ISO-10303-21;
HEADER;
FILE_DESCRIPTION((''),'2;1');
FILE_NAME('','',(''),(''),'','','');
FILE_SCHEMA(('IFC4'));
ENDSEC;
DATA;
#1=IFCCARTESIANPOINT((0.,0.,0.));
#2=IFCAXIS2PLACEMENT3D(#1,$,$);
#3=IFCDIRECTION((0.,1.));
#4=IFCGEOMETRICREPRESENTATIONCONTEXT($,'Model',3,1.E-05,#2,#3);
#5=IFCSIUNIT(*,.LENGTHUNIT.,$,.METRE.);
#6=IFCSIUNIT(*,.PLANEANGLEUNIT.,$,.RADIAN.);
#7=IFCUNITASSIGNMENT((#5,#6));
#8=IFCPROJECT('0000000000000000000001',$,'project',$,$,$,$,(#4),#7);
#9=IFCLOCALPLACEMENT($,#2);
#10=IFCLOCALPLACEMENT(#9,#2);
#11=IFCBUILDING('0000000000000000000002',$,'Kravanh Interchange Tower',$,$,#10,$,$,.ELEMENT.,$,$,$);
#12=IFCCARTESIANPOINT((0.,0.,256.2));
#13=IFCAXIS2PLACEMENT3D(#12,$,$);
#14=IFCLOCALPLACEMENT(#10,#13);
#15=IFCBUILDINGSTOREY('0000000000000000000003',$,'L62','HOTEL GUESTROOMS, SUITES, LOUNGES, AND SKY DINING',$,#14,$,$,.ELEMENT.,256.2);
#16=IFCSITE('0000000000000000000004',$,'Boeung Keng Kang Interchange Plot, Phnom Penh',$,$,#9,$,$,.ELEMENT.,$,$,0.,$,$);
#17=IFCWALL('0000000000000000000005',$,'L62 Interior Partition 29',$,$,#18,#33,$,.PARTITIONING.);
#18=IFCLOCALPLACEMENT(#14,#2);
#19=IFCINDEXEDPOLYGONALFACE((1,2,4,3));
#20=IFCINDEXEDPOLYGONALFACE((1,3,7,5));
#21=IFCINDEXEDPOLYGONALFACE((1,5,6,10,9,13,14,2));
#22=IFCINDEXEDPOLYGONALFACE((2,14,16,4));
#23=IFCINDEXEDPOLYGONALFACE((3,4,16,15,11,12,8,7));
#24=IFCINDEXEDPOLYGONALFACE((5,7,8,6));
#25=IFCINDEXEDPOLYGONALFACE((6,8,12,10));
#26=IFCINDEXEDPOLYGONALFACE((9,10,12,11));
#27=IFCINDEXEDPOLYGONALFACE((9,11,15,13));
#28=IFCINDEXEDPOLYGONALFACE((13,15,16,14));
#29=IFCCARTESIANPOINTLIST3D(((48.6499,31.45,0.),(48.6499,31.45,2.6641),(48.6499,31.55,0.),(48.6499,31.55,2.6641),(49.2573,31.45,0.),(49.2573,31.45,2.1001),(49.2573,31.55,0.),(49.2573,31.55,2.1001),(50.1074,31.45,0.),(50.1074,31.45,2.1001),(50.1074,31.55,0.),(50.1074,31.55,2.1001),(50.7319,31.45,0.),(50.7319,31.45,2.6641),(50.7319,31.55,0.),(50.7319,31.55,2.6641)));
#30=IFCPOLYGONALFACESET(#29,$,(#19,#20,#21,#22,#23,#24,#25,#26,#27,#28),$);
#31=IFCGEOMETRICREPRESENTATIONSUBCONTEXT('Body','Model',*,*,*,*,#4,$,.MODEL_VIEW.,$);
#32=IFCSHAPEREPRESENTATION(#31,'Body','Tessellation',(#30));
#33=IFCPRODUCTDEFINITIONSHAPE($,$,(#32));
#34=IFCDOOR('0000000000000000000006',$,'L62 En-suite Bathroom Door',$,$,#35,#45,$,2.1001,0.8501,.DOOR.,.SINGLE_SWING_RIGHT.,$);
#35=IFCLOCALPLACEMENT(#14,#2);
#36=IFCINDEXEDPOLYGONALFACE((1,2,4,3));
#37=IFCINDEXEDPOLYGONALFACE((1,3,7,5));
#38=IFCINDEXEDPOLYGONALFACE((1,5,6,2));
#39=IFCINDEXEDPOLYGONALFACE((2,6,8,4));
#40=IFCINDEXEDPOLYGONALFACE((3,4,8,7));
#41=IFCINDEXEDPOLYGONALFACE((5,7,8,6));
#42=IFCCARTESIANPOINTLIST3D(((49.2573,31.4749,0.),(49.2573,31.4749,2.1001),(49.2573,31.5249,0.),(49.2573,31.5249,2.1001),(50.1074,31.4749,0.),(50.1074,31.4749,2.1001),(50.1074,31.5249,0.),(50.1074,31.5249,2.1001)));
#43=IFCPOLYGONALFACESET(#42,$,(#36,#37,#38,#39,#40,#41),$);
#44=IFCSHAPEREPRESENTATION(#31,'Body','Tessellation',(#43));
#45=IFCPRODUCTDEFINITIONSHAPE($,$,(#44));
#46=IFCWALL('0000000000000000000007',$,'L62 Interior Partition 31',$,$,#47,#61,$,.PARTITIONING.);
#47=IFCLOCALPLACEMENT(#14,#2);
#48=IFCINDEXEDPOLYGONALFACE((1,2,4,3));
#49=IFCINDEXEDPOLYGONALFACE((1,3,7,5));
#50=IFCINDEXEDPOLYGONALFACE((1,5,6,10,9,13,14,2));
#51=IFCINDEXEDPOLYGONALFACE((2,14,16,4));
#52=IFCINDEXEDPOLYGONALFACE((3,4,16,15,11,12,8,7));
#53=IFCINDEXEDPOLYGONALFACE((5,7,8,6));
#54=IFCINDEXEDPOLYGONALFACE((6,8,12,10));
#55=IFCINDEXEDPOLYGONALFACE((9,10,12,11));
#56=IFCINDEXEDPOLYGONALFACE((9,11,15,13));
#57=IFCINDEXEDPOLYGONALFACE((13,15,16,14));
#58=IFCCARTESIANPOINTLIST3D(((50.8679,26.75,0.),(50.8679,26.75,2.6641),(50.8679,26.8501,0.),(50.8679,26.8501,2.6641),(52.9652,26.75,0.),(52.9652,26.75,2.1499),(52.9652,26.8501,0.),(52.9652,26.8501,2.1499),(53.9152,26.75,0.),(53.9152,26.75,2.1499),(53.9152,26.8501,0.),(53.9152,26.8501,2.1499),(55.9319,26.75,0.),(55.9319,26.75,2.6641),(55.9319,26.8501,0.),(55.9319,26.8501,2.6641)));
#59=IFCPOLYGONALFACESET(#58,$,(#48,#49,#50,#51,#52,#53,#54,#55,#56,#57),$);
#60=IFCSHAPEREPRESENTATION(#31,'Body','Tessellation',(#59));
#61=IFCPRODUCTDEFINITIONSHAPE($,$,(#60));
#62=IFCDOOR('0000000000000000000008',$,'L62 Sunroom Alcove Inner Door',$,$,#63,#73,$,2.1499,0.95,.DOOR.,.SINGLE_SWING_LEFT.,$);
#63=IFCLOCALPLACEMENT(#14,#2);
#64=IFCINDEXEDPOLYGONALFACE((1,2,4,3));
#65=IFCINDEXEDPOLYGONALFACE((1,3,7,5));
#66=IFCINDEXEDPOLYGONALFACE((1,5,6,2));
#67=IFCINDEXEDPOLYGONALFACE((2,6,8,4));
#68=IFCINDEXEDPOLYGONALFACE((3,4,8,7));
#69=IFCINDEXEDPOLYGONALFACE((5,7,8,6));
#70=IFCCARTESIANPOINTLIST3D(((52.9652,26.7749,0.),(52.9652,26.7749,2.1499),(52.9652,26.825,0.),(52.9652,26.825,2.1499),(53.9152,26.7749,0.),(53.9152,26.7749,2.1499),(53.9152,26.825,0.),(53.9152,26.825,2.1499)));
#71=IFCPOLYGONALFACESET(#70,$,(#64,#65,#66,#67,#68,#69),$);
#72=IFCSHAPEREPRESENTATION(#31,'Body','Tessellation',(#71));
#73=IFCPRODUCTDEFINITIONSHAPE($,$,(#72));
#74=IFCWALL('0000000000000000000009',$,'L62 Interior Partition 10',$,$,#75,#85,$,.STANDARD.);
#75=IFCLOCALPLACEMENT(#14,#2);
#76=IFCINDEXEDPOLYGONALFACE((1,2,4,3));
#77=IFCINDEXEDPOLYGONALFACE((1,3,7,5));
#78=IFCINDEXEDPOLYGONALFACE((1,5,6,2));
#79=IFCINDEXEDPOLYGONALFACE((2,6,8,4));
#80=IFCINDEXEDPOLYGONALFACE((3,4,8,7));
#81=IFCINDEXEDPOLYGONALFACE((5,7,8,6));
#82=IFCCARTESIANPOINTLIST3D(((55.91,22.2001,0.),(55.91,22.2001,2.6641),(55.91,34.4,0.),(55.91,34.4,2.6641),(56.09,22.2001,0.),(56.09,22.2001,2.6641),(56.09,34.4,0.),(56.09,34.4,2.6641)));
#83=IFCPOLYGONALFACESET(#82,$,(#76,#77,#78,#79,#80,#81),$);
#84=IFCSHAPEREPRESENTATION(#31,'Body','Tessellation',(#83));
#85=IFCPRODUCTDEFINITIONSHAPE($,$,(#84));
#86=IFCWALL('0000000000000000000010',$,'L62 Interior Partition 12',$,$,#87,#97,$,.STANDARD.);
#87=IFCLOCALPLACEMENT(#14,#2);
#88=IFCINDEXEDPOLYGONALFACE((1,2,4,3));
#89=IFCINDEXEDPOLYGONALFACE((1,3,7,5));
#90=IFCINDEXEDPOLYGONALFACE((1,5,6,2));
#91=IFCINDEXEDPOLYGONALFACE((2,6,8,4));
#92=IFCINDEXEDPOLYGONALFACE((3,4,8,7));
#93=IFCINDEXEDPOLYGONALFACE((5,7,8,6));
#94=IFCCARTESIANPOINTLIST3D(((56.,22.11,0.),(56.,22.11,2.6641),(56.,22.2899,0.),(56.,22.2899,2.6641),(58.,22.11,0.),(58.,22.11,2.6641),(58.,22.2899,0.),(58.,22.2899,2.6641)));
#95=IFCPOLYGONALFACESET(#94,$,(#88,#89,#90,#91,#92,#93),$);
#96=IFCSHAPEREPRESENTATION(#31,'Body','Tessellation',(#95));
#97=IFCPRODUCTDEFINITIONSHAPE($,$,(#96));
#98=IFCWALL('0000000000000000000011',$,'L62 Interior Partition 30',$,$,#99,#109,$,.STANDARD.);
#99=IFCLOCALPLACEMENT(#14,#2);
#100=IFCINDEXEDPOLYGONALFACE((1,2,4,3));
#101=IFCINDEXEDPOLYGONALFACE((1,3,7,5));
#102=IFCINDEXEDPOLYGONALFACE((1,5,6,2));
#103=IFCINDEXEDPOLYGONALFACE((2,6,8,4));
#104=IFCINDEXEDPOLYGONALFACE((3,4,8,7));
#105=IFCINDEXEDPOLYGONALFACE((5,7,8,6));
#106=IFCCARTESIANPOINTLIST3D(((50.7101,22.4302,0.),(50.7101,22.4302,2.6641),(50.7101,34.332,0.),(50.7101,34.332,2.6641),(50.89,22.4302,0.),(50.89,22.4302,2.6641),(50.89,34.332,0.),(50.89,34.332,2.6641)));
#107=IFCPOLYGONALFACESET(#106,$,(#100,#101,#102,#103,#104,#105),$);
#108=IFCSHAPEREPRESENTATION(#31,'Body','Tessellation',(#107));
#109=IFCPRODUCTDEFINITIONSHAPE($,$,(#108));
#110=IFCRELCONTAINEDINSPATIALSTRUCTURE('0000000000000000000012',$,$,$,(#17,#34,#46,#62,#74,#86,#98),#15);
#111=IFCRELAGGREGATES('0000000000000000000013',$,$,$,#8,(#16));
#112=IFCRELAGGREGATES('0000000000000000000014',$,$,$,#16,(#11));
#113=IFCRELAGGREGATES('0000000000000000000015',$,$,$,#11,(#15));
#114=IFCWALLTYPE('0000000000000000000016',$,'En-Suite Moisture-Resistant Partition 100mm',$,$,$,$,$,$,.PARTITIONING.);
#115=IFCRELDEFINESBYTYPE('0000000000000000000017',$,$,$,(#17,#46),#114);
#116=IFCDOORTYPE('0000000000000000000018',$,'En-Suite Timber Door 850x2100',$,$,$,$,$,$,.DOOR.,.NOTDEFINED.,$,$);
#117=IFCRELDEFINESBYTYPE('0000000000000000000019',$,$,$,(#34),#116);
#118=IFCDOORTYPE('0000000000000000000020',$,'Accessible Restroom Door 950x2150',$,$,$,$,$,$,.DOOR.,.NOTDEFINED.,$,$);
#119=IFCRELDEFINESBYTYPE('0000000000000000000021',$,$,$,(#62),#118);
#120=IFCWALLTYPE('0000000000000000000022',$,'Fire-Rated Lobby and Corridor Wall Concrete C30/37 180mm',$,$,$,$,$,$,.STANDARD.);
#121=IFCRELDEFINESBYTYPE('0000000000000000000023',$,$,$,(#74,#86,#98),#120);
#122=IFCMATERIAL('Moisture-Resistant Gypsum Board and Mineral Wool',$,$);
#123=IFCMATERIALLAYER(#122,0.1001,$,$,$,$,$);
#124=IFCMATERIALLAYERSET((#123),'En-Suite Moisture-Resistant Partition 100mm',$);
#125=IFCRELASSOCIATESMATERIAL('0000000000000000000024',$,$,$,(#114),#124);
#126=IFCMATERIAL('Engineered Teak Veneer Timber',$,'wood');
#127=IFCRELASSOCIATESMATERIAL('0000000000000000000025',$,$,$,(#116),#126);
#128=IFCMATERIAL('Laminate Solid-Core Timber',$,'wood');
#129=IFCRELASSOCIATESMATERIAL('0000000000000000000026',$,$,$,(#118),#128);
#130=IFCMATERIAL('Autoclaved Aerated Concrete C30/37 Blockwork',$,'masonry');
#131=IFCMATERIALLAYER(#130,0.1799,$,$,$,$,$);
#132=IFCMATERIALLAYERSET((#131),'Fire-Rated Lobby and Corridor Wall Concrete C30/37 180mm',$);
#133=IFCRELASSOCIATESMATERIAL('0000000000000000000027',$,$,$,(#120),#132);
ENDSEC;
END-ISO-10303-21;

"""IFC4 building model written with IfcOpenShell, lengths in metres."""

from ifc_helpers import new_model, si_unit, direction, frame, frame_2d, origin, place, context, subcontext, project, spatial, rectangle, extrude, material, layer, layer_set, type_object, element, fill, save


model = new_model("IFC4")

# Units and contexts
model_context = context("Model", 3, precision=1e-05, world=origin(), true_north=direction((0.0, 1.0)))
body_context = subcontext(model_context, "Body", "Model", "MODEL_VIEW")
ifc_project = project(units=[si_unit("LENGTHUNIT", "METRE"), si_unit("PLANEANGLEUNIT", "RADIAN")], contexts=[model_context])

# Site, building, storey
site_placement = place(None, origin())
site = spatial("IfcSite", under=ifc_project, at=site_placement, Name="Boeung Keng Kang Interchange Plot, Phnom Penh", CompositionType="ELEMENT", RefElevation=0.0)
building_placement = place(site_placement, origin())
building = spatial("IfcBuilding", under=site, at=building_placement, Name="Kravanh Interchange Tower", CompositionType="ELEMENT")
storey_placement = place(building_placement, frame((0.0, 0.0, 256.2)))
storey = spatial("IfcBuildingStorey", under=building, at=storey_placement, Name="L62", Description="HOTEL GUESTROOMS, SUITES, LOUNGES, AND SKY DINING", CompositionType="ELEMENT", Elevation=256.2)

# Walls, openings, doors
ifc_material_1 = material(Name="Moisture-Resistant Gypsum Board and Mineral Wool")
ifc_layer_1 = layer(ifc_material_1, 0.1001)
ifc_layer_set_1 = layer_set([ifc_layer_1], Name="En-Suite Moisture-Resistant Partition 100mm")
wall_type_1 = type_object("IfcWallType", Name="En-Suite Moisture-Resistant Partition 100mm", PredefinedType="PARTITIONING", material=ifc_layer_set_1)
wall_1_placement = place(storey_placement, frame((48.6499, 31.5, 0.0), z_axis=(0.0, 0.0, 1.0), x_axis=(1.0, 0.0, 0.0)))
wall_1 = element("IfcWall", 1, at=wall_1_placement, inside=storey, type_object=wall_type_1, Name="L62 Interior Partition 29", PredefinedType="PARTITIONING", context=body_context, shape_type="SweptSolid", body=[
    extrude(rectangle(XDim=2.082, YDim=0.1001, at=frame_2d((1.041, 0.0))), origin(), (0.0, 0.0, 1.0), 2.6641),
])
opening_1_placement = place(wall_1_placement, frame((0.6074, 0.0, 0.0)))
opening_1 = element("IfcOpeningElement", 2, at=opening_1_placement, cuts=wall_1, PredefinedType="OPENING", context=body_context, shape_type="SweptSolid", body=[
    extrude(rectangle(XDim=0.8501, YDim=2.1001, at=frame_2d((0.425, 1.05))), frame((0.0, 0.0601, 0.0), z_axis=(0.0, -1.0, 0.0), x_axis=(1.0, 0.0, 0.0)), (0.0, 0.0, 1.0), 0.1201),
])
ifc_material_2 = material(Name="Engineered Teak Veneer Timber", Category="wood")
door_type_1 = type_object("IfcDoorType", Name="En-Suite Timber Door 850x2100", OperationType="NOTDEFINED", PredefinedType="DOOR", material=ifc_material_2)
door_1_placement = place(opening_1_placement, origin())
door_1 = element("IfcDoor", 3, at=door_1_placement, inside=storey, type_object=door_type_1, Name="L62 En-suite Bathroom Door", OperationType="SINGLE_SWING_RIGHT", OverallHeight=2.1001, OverallWidth=0.8501, PredefinedType="DOOR", context=body_context, shape_type="SweptSolid", body=[
    extrude(rectangle(XDim=0.8501, YDim=2.1001, at=frame_2d((0.425, 1.05))), frame((0.0, 0.0249, 0.0), z_axis=(0.0, -1.0, 0.0), x_axis=(1.0, 0.0, 0.0)), (0.0, 0.0, 1.0), 0.05),
])
fill(opening_1, door_1)
wall_2_placement = place(storey_placement, frame((50.8679, 26.8, 0.0), z_axis=(0.0, 0.0, 1.0), x_axis=(1.0, 0.0, 0.0)))
wall_2 = element("IfcWall", 4, at=wall_2_placement, inside=storey, type_object=wall_type_1, Name="L62 Interior Partition 31", PredefinedType="PARTITIONING", context=body_context, shape_type="SweptSolid", body=[
    extrude(rectangle(XDim=5.064, YDim=0.1001, at=frame_2d((2.532, 0.0))), origin(), (0.0, 0.0, 1.0), 2.6641),
])
opening_2_placement = place(wall_2_placement, frame((2.0972, 0.0, 0.0)))
opening_2 = element("IfcOpeningElement", 5, at=opening_2_placement, cuts=wall_2, PredefinedType="OPENING", context=body_context, shape_type="SweptSolid", body=[
    extrude(rectangle(XDim=0.95, YDim=2.1499, at=frame_2d((0.4751, 1.075))), frame((0.0, 0.0601, 0.0), z_axis=(0.0, -1.0, 0.0), x_axis=(1.0, 0.0, 0.0)), (0.0, 0.0, 1.0), 0.1201),
])
ifc_material_3 = material(Name="Laminate Solid-Core Timber", Category="wood")
door_type_2 = type_object("IfcDoorType", Name="Accessible Restroom Door 950x2150", OperationType="NOTDEFINED", PredefinedType="DOOR", material=ifc_material_3)
door_2_placement = place(opening_2_placement, origin())
door_2 = element("IfcDoor", 6, at=door_2_placement, inside=storey, type_object=door_type_2, Name="L62 Sunroom Alcove Inner Door", OperationType="SINGLE_SWING_LEFT", OverallHeight=2.1499, OverallWidth=0.95, PredefinedType="DOOR", context=body_context, shape_type="SweptSolid", body=[
    extrude(rectangle(XDim=0.95, YDim=2.1499, at=frame_2d((0.4751, 1.075))), frame((0.0, 0.0249, 0.0), z_axis=(0.0, -1.0, 0.0), x_axis=(1.0, 0.0, 0.0)), (0.0, 0.0, 1.0), 0.05),
])
fill(opening_2, door_2)

# Walls
ifc_material_4 = material(Name="Autoclaved Aerated Concrete C30/37 Blockwork", Category="masonry")
ifc_layer_2 = layer(ifc_material_4, 0.1799)
ifc_layer_set_2 = layer_set([ifc_layer_2], Name="Fire-Rated Lobby and Corridor Wall Concrete C30/37 180mm")
wall_type_2 = type_object("IfcWallType", Name="Fire-Rated Lobby and Corridor Wall Concrete C30/37 180mm", PredefinedType="STANDARD", material=ifc_layer_set_2)
wall_3_placement = place(storey_placement, frame((56.0, 22.2, 0.0), z_axis=(0.0, 0.0, 1.0), x_axis=(0.0, 1.0, 0.0)))
element("IfcWall", 7, at=wall_3_placement, inside=storey, type_object=wall_type_2, Name="L62 Interior Partition 10", PredefinedType="STANDARD", context=body_context, shape_type="SweptSolid", body=[
    extrude(rectangle(XDim=12.2, YDim=0.1799, at=frame_2d((6.1001, 0.0))), origin(), (0.0, 0.0, 1.0), 2.6641),
])
wall_4_placement = place(storey_placement, frame((56.0, 22.2, 0.0), z_axis=(0.0, 0.0, 1.0), x_axis=(1.0, 0.0, 0.0)))
element("IfcWall", 8, at=wall_4_placement, inside=storey, type_object=wall_type_2, Name="L62 Interior Partition 12", PredefinedType="STANDARD", context=body_context, shape_type="SweptSolid", body=[
    extrude(rectangle(XDim=2.0, YDim=0.1799, at=frame_2d((1.0, 0.0))), origin(), (0.0, 0.0, 1.0), 2.6641),
])
wall_5_placement = place(storey_placement, frame((50.8, 22.4302, 0.0), z_axis=(0.0, 0.0, 1.0), x_axis=(0.0, 1.0, 0.0)))
element("IfcWall", 9, at=wall_5_placement, inside=storey, type_object=wall_type_2, Name="L62 Interior Partition 30", PredefinedType="STANDARD", context=body_context, shape_type="SweptSolid", body=[
    extrude(rectangle(XDim=11.9019, YDim=0.1799, at=frame_2d((5.9509, 0.0))), origin(), (0.0, 0.0, 1.0), 2.6641),
])

save(model, "model.ifc")
